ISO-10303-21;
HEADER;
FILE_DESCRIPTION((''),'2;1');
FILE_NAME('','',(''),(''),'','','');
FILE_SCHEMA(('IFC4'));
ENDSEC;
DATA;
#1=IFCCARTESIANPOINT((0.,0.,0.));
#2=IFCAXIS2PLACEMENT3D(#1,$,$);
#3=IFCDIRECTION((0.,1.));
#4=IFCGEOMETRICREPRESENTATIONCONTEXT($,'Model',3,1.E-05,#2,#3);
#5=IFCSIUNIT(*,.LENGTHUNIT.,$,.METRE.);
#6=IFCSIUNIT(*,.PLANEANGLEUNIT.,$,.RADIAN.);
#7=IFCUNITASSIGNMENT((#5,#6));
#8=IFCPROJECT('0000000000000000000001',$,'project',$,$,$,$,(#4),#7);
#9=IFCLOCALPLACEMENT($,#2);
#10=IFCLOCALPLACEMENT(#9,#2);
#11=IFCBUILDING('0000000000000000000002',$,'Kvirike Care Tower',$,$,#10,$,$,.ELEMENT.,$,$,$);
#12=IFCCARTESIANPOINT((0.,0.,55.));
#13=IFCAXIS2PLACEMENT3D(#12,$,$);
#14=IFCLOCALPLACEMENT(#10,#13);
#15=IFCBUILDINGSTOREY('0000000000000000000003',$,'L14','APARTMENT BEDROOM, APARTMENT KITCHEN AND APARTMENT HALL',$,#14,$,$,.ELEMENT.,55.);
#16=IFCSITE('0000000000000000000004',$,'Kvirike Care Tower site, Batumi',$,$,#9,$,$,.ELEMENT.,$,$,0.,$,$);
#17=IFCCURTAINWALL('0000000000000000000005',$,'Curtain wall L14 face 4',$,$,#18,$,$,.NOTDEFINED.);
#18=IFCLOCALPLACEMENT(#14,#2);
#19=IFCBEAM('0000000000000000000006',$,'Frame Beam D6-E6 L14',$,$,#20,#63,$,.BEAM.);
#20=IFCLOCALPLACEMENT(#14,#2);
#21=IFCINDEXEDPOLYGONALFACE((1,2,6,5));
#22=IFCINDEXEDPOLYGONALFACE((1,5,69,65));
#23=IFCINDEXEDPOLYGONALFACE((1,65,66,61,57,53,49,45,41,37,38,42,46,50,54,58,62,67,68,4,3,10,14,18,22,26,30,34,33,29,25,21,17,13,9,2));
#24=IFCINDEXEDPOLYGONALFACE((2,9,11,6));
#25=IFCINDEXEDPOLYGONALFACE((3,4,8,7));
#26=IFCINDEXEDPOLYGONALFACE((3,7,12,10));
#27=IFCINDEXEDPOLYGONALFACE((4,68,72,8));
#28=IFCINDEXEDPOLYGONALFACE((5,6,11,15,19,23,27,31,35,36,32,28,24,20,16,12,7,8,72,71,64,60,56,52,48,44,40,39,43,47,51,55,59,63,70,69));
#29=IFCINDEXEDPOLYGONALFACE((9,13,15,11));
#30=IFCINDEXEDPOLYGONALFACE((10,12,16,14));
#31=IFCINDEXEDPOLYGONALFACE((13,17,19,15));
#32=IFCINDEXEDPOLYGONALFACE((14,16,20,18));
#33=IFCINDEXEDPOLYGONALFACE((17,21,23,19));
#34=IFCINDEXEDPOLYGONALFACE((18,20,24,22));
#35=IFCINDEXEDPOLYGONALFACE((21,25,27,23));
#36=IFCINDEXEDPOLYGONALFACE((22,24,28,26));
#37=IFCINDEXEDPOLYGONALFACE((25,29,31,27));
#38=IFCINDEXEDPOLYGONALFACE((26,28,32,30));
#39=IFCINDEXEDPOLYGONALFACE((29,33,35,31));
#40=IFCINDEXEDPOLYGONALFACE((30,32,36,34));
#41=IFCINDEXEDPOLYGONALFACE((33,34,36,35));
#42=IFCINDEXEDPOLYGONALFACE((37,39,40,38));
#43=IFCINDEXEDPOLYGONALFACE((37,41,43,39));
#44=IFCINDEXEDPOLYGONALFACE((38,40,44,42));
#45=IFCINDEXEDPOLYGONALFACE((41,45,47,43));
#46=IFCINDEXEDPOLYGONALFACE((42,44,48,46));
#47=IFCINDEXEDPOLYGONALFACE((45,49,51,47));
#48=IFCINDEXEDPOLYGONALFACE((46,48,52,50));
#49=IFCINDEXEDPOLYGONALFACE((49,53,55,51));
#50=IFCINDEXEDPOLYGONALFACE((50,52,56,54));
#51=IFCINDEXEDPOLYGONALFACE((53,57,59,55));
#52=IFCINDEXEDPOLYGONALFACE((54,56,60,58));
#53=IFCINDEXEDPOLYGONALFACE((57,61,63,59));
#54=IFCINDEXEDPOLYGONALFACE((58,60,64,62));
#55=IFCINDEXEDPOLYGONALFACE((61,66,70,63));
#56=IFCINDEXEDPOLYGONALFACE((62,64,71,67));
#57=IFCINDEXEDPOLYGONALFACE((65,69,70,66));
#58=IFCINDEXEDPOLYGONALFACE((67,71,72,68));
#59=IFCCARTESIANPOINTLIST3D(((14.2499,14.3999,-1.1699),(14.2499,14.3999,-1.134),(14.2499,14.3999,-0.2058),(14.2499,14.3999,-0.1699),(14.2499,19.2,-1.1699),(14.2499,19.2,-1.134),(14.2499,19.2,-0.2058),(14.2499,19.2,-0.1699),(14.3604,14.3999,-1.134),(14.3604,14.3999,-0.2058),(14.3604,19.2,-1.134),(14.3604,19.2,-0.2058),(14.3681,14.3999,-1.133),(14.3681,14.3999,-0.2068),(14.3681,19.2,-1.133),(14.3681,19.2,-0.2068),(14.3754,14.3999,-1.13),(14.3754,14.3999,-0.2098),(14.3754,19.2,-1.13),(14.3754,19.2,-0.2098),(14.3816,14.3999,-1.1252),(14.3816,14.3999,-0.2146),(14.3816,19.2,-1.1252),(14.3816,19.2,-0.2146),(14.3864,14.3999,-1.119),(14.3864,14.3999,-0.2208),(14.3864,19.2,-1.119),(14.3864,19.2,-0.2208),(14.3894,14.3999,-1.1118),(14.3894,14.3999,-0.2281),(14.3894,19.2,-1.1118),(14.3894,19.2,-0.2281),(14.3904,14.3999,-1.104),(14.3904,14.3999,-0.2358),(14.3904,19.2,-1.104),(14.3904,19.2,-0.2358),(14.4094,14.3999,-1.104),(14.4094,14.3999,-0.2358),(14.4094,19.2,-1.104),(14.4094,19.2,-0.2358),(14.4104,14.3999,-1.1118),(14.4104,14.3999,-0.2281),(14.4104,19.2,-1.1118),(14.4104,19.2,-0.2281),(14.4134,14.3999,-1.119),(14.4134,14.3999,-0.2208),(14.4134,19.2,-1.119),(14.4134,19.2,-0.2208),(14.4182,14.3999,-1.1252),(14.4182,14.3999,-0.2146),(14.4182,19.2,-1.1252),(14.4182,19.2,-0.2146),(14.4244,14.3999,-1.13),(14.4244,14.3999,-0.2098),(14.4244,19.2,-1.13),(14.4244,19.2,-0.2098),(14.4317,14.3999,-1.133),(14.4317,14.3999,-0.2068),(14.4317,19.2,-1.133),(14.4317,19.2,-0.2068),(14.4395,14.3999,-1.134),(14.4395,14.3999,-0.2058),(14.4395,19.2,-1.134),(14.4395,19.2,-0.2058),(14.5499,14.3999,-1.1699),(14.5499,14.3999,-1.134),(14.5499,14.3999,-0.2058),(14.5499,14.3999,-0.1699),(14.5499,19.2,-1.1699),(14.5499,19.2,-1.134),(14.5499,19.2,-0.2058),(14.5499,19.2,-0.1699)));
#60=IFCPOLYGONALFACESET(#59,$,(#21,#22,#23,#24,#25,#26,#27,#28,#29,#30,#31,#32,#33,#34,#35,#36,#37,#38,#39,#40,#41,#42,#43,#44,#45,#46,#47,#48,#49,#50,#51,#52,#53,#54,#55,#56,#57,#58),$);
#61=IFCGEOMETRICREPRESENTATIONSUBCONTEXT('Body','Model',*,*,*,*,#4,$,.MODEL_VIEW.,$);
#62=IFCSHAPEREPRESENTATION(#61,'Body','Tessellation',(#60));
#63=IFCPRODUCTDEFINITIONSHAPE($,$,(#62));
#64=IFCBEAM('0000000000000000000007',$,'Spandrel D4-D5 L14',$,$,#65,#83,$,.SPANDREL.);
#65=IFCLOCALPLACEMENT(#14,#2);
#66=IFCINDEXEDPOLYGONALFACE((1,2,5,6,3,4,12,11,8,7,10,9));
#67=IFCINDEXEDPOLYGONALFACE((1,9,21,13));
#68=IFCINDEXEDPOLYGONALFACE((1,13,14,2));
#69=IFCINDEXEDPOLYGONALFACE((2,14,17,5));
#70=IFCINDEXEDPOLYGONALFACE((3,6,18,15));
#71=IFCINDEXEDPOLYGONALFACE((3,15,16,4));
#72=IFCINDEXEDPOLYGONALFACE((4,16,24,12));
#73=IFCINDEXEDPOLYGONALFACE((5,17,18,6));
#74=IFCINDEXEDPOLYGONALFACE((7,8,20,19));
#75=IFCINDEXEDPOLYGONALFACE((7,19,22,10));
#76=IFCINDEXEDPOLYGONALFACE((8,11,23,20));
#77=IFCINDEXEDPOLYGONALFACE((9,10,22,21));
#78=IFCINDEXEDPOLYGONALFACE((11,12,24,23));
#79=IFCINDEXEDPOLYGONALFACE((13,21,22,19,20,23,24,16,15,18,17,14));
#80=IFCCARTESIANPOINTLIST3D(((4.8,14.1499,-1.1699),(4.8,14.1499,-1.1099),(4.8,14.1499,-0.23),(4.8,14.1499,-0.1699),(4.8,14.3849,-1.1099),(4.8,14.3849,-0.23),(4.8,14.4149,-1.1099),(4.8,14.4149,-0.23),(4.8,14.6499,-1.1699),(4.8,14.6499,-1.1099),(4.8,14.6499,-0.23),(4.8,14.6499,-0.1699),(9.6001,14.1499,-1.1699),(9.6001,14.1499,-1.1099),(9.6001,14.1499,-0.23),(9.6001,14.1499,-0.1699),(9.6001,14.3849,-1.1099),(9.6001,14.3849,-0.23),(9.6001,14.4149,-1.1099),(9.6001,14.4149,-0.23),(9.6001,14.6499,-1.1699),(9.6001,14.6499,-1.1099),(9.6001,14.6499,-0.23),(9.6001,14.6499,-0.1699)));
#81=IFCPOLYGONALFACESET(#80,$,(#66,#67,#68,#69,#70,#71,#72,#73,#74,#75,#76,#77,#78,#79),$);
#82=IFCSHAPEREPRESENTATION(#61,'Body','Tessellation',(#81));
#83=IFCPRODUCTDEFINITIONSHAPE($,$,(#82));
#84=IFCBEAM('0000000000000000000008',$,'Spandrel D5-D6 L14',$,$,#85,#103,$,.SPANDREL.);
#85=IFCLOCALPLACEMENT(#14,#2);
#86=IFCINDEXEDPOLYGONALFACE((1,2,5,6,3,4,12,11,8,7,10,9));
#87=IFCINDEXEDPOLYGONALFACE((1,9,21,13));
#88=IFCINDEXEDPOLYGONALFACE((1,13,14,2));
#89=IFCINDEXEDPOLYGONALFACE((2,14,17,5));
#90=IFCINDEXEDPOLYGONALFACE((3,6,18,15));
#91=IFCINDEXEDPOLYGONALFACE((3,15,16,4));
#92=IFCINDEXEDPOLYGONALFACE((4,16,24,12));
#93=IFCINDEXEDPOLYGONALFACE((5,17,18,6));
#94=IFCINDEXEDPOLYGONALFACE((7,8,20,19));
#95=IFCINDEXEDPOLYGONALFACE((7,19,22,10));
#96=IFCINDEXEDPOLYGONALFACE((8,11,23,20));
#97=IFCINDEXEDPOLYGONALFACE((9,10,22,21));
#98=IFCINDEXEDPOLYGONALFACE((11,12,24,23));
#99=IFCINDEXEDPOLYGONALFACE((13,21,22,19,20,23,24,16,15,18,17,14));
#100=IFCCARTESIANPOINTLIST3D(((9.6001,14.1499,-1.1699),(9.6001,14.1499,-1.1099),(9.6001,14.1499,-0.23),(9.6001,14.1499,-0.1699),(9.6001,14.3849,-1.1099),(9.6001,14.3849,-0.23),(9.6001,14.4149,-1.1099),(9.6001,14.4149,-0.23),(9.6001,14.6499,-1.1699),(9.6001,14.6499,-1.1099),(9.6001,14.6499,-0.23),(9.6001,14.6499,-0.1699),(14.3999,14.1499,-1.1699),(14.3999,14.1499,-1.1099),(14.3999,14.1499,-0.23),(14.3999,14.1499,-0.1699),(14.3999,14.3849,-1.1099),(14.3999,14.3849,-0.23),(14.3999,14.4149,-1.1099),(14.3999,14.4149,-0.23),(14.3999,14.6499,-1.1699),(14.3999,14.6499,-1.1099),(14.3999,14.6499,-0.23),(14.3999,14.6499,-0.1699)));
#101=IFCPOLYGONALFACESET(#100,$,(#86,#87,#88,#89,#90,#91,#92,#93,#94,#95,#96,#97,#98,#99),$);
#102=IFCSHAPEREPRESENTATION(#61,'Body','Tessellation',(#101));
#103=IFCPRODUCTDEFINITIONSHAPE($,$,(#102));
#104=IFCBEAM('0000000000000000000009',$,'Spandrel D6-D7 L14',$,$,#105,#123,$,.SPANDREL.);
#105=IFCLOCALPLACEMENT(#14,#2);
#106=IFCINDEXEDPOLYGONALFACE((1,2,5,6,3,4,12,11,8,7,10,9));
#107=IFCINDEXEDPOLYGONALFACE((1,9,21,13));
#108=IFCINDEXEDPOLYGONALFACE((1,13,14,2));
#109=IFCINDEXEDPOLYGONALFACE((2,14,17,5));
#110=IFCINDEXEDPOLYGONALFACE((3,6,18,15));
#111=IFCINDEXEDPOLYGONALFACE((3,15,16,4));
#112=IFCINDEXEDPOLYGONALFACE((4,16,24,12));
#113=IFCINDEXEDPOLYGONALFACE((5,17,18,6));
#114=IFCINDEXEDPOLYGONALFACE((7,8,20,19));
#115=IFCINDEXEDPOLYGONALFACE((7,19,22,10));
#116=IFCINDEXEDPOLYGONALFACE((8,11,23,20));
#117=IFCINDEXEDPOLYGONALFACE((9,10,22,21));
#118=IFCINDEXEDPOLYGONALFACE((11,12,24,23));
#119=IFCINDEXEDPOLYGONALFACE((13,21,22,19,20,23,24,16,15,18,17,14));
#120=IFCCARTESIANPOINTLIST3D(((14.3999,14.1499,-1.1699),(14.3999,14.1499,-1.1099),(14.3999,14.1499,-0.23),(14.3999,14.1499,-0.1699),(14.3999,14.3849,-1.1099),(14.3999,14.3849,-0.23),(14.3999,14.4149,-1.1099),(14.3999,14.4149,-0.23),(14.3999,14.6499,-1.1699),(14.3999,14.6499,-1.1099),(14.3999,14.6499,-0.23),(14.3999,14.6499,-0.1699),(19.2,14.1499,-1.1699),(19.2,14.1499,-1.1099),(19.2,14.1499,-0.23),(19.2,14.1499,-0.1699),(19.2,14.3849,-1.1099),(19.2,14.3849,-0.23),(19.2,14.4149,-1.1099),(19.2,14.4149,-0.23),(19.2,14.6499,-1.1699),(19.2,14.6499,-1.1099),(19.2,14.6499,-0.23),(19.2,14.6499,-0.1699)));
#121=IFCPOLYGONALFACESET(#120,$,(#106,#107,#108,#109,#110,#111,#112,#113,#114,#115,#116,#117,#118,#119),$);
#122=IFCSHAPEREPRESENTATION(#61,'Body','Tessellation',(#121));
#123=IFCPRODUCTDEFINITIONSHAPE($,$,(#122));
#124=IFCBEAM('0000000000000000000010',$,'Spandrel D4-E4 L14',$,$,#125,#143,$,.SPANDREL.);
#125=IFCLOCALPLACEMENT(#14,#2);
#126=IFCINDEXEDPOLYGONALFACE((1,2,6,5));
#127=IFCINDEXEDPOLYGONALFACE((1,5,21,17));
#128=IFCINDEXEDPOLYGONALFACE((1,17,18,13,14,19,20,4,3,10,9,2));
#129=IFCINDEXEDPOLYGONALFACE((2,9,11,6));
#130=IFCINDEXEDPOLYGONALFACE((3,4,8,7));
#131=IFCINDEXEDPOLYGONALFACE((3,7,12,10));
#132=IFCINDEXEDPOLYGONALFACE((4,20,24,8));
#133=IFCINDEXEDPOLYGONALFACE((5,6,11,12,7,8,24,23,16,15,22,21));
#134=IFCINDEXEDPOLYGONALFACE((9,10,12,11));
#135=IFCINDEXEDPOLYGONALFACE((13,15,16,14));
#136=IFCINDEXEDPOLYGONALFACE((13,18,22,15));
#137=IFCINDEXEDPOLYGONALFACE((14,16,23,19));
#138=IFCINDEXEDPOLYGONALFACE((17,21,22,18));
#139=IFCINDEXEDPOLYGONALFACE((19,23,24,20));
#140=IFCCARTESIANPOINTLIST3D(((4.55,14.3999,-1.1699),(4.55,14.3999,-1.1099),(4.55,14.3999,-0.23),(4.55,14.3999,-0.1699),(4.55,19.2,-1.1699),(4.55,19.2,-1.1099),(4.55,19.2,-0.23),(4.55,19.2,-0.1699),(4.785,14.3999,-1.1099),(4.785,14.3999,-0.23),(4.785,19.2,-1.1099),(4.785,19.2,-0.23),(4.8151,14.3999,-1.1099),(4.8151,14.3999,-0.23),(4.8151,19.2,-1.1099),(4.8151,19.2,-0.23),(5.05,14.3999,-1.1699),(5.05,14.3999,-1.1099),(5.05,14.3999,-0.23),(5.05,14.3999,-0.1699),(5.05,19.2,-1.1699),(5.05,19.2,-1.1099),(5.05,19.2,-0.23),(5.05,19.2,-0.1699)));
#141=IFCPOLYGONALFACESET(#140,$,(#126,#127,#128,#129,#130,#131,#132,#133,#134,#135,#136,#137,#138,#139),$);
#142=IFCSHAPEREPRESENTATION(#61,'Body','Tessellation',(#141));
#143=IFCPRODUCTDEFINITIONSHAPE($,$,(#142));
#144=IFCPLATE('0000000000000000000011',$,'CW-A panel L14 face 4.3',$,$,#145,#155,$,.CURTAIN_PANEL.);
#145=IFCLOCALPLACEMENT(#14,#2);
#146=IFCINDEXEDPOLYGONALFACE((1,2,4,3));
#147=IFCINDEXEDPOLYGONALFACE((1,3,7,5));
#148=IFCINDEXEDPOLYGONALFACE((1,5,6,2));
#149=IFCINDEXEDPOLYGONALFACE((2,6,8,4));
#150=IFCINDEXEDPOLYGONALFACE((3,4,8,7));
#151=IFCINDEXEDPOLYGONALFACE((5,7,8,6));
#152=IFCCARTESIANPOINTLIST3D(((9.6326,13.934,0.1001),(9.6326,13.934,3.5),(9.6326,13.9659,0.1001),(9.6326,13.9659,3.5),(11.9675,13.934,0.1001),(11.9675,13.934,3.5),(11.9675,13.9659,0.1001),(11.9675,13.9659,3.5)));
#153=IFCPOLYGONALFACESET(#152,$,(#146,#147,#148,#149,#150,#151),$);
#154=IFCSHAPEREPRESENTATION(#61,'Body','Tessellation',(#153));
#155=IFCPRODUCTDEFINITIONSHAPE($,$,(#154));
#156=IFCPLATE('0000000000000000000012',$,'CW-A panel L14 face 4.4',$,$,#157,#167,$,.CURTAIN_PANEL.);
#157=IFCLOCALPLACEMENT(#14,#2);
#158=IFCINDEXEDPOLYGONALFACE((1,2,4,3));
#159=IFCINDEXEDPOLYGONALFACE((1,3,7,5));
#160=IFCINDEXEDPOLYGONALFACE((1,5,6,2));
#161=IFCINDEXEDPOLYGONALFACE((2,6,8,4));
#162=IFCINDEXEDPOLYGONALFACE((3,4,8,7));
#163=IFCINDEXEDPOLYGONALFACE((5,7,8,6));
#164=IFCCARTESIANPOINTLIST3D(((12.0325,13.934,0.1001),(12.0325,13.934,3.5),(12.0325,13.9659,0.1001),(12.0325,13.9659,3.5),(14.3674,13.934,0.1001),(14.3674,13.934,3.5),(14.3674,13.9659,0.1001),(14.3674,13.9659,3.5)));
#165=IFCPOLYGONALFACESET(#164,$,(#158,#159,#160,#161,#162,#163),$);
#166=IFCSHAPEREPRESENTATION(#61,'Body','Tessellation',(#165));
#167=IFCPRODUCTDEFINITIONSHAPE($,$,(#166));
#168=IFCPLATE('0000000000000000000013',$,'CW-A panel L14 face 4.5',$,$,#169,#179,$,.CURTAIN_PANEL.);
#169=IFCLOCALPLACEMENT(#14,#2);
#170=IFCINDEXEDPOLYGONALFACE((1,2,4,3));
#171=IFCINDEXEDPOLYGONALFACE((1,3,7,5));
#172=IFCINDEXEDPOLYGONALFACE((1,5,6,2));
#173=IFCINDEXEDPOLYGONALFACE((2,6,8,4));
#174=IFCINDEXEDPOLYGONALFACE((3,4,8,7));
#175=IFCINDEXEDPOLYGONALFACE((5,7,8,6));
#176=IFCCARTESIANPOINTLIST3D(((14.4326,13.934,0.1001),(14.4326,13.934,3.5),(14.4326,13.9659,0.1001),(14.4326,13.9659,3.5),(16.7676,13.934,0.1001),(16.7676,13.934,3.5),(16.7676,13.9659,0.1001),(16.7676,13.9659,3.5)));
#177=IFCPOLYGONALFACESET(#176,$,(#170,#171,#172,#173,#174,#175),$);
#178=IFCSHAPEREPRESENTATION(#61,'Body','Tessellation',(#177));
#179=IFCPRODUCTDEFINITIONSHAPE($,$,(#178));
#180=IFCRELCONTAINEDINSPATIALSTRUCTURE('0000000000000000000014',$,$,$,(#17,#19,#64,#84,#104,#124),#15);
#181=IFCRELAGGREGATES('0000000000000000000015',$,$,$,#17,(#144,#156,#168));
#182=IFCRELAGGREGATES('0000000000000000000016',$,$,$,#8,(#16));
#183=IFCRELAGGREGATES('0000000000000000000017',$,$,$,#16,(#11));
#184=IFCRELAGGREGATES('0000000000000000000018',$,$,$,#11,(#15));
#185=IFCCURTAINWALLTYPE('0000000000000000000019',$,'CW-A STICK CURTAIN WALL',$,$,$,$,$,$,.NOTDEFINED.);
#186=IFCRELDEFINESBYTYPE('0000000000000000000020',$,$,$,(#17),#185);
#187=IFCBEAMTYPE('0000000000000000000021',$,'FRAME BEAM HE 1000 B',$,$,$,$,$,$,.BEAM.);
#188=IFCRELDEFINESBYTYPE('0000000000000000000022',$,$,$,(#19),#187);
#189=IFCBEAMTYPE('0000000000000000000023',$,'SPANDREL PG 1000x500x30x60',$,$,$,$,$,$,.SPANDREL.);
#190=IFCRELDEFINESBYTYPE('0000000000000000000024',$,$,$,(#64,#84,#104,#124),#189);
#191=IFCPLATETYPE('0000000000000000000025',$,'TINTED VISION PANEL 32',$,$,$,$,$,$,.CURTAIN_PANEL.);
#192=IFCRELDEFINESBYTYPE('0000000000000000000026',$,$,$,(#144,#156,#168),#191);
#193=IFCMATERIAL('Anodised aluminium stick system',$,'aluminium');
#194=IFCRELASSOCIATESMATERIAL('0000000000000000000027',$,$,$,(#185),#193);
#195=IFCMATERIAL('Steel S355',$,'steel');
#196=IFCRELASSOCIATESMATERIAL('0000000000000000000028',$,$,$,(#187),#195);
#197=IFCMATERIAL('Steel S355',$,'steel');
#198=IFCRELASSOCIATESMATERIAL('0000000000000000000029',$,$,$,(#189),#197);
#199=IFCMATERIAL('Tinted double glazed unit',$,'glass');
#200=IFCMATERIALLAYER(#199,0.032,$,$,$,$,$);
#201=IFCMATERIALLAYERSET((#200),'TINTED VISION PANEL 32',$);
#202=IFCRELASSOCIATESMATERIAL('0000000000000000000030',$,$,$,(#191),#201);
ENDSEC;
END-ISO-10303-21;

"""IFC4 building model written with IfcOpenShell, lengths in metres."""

from ifc_helpers import new_model, si_unit, direction, frame, origin, origin_2d, place, context, subcontext, project, spatial, rectangle, i_section, extrude, material, layer, layer_set, material_profile, profile_set, type_object, element, aggregate, save


model = new_model("IFC4")

# Units and contexts
model_context = context("Model", 3, precision=1e-05, world=origin(), true_north=direction((0.0, 1.0)))
body_context = subcontext(model_context, "Body", "Model", "MODEL_VIEW")
ifc_project = project(units=[si_unit("LENGTHUNIT", "METRE"), si_unit("PLANEANGLEUNIT", "RADIAN")], contexts=[model_context])

# Site, building, storey
site_placement = place(None, origin())
site = spatial("IfcSite", under=ifc_project, at=site_placement, Name="Kvirike Care Tower site, Batumi", CompositionType="ELEMENT", RefElevation=0.0)
building_placement = place(site_placement, origin())
building = spatial("IfcBuilding", under=site, at=building_placement, Name="Kvirike Care Tower", CompositionType="ELEMENT")
storey_placement = place(building_placement, frame((0.0, 0.0, 55.0)))
storey = spatial("IfcBuildingStorey", under=building, at=storey_placement, Name="L14", Description="APARTMENT BEDROOM, APARTMENT KITCHEN AND APARTMENT HALL", CompositionType="ELEMENT", Elevation=55.0)

# Curtain wall
ifc_material_1 = material(Name="Anodised aluminium stick system", Category="aluminium")
curtain_wall_type = type_object("IfcCurtainWallType", Name="CW-A STICK CURTAIN WALL", PredefinedType="NOTDEFINED", material=ifc_material_1)
curtain_wall_placement = place(storey_placement, origin())
curtain_wall = element("IfcCurtainWall", 1, at=curtain_wall_placement, inside=storey, type_object=curtain_wall_type, Name="Curtain wall L14 face 4", PredefinedType="NOTDEFINED")

# Beams
ifc_material_2 = material(Name="Steel S355", Category="steel")
ifc_material_profile_1 = material_profile(ifc_material_2, i_section(OverallWidth=0.3, OverallDepth=1.0, WebThickness=0.019, FlangeThickness=0.0359, FilletRadius=0.03, at=origin_2d()), Name="HE 1000 B")
ifc_profile_set_1 = profile_set([ifc_material_profile_1], Name="Steel S355")
beam_type_1 = type_object("IfcBeamType", Name="FRAME BEAM HE 1000 B", PredefinedType="BEAM", material=ifc_profile_set_1)
beam_1_placement = place(storey_placement, frame((14.3999, 14.3999, -0.6699), z_axis=(0.0, 1.0, 0.0), x_axis=(-1.0, 0.0, 0.0)))
element("IfcBeam", 2, at=beam_1_placement, inside=storey, type_object=beam_type_1, Name="Frame Beam D6-E6 L14", PredefinedType="BEAM", context=body_context, shape_type="SweptSolid", body=[
    extrude(i_section(OverallWidth=0.3, OverallDepth=1.0, WebThickness=0.019, FlangeThickness=0.0359, FilletRadius=0.03, at=origin_2d()), origin(), (0.0, 0.0, 1.0), 4.8),
])
ifc_material_3 = material(Name="Steel S355", Category="steel")
ifc_material_profile_2 = material_profile(ifc_material_3, i_section(OverallWidth=0.5, OverallDepth=1.0, WebThickness=0.03, FlangeThickness=0.0601, at=origin_2d()), Name="PG 1000x500x30x60")
ifc_profile_set_2 = profile_set([ifc_material_profile_2], Name="Steel S355")
beam_type_2 = type_object("IfcBeamType", Name="SPANDREL PG 1000x500x30x60", PredefinedType="SPANDREL", material=ifc_profile_set_2)
beam_2_placement = place(storey_placement, frame((4.8, 14.3999, -0.6699), z_axis=(1.0, 0.0, 0.0), x_axis=(0.0, 1.0, 0.0)))
element("IfcBeam", 3, at=beam_2_placement, inside=storey, type_object=beam_type_2, Name="Spandrel D4-D5 L14", PredefinedType="SPANDREL", context=body_context, shape_type="SweptSolid", body=[
    extrude(i_section(OverallWidth=0.5, OverallDepth=1.0, WebThickness=0.03, FlangeThickness=0.0601, at=origin_2d()), origin(), (0.0, 0.0, 1.0), 4.8),
])
beam_3_placement = place(storey_placement, frame((9.6001, 14.3999, -0.6699), z_axis=(1.0, 0.0, 0.0), x_axis=(0.0, 1.0, 0.0)))
element("IfcBeam", 4, at=beam_3_placement, inside=storey, type_object=beam_type_2, Name="Spandrel D5-D6 L14", PredefinedType="SPANDREL", context=body_context, shape_type="SweptSolid", body=[
    extrude(i_section(OverallWidth=0.5, OverallDepth=1.0, WebThickness=0.03, FlangeThickness=0.0601, at=origin_2d()), origin(), (0.0, 0.0, 1.0), 4.7998),
])
for number, where, z_axis, x_axis, name in (
    (5, (14.3999, 14.3999, -0.6699), (1.0, 0.0, 0.0), (0.0, 1.0, 0.0), "Spandrel D6-D7 L14"),
    (6, (4.8, 14.3999, -0.6699), (0.0, 1.0, 0.0), (-1.0, 0.0, 0.0), "Spandrel D4-E4 L14"),
):
    element("IfcBeam", number, at=place(storey_placement, frame(where, z_axis=z_axis, x_axis=x_axis)), inside=storey, type_object=beam_type_2, Name=name, PredefinedType="SPANDREL", context=body_context, shape_type="SweptSolid", body=[
        extrude(i_section(OverallWidth=0.5, OverallDepth=1.0, WebThickness=0.03, FlangeThickness=0.0601, at=origin_2d()), origin(), (0.0, 0.0, 1.0), 4.8),
    ])

# Plates
ifc_material_4 = material(Name="Tinted double glazed unit", Category="glass")
ifc_layer_1 = layer(ifc_material_4, 0.032)
ifc_layer_set_1 = layer_set([ifc_layer_1], Name="TINTED VISION PANEL 32")
plate_type = type_object("IfcPlateType", Name="TINTED VISION PANEL 32", PredefinedType="CURTAIN_PANEL", material=ifc_layer_set_1)
plate_1_placement = place(storey_placement, frame((10.8, 13.95, 0.1001), z_axis=(0.0, 0.0, 1.0), x_axis=(1.0, 0.0, 0.0)))
plate_1 = element("IfcPlate", 7, at=plate_1_placement, type_object=plate_type, Name="CW-A panel L14 face 4.3", PredefinedType="CURTAIN_PANEL", context=body_context, shape_type="SweptSolid", body=[
    extrude(rectangle(XDim=2.335, YDim=0.032, at=origin_2d()), origin(), (0.0, 0.0, 1.0), 3.3999),
])
plate_2_placement = place(storey_placement, frame((13.2, 13.95, 0.1001), z_axis=(0.0, 0.0, 1.0), x_axis=(1.0, 0.0, 0.0)))
plate_2 = element("IfcPlate", 8, at=plate_2_placement, type_object=plate_type, Name="CW-A panel L14 face 4.4", PredefinedType="CURTAIN_PANEL", context=body_context, shape_type="SweptSolid", body=[
    extrude(rectangle(XDim=2.335, YDim=0.032, at=origin_2d()), origin(), (0.0, 0.0, 1.0), 3.3999),
])
plate_3_placement = place(storey_placement, frame((15.6001, 13.95, 0.1001), z_axis=(0.0, 0.0, 1.0), x_axis=(1.0, 0.0, 0.0)))
plate_3 = element("IfcPlate", 9, at=plate_3_placement, type_object=plate_type, Name="CW-A panel L14 face 4.5", PredefinedType="CURTAIN_PANEL", context=body_context, shape_type="SweptSolid", body=[
    extrude(rectangle(XDim=2.335, YDim=0.032, at=origin_2d()), origin(), (0.0, 0.0, 1.0), 3.3999),
])
aggregate(curtain_wall, [plate_1, plate_2, plate_3])

save(model, "model.ifc")
